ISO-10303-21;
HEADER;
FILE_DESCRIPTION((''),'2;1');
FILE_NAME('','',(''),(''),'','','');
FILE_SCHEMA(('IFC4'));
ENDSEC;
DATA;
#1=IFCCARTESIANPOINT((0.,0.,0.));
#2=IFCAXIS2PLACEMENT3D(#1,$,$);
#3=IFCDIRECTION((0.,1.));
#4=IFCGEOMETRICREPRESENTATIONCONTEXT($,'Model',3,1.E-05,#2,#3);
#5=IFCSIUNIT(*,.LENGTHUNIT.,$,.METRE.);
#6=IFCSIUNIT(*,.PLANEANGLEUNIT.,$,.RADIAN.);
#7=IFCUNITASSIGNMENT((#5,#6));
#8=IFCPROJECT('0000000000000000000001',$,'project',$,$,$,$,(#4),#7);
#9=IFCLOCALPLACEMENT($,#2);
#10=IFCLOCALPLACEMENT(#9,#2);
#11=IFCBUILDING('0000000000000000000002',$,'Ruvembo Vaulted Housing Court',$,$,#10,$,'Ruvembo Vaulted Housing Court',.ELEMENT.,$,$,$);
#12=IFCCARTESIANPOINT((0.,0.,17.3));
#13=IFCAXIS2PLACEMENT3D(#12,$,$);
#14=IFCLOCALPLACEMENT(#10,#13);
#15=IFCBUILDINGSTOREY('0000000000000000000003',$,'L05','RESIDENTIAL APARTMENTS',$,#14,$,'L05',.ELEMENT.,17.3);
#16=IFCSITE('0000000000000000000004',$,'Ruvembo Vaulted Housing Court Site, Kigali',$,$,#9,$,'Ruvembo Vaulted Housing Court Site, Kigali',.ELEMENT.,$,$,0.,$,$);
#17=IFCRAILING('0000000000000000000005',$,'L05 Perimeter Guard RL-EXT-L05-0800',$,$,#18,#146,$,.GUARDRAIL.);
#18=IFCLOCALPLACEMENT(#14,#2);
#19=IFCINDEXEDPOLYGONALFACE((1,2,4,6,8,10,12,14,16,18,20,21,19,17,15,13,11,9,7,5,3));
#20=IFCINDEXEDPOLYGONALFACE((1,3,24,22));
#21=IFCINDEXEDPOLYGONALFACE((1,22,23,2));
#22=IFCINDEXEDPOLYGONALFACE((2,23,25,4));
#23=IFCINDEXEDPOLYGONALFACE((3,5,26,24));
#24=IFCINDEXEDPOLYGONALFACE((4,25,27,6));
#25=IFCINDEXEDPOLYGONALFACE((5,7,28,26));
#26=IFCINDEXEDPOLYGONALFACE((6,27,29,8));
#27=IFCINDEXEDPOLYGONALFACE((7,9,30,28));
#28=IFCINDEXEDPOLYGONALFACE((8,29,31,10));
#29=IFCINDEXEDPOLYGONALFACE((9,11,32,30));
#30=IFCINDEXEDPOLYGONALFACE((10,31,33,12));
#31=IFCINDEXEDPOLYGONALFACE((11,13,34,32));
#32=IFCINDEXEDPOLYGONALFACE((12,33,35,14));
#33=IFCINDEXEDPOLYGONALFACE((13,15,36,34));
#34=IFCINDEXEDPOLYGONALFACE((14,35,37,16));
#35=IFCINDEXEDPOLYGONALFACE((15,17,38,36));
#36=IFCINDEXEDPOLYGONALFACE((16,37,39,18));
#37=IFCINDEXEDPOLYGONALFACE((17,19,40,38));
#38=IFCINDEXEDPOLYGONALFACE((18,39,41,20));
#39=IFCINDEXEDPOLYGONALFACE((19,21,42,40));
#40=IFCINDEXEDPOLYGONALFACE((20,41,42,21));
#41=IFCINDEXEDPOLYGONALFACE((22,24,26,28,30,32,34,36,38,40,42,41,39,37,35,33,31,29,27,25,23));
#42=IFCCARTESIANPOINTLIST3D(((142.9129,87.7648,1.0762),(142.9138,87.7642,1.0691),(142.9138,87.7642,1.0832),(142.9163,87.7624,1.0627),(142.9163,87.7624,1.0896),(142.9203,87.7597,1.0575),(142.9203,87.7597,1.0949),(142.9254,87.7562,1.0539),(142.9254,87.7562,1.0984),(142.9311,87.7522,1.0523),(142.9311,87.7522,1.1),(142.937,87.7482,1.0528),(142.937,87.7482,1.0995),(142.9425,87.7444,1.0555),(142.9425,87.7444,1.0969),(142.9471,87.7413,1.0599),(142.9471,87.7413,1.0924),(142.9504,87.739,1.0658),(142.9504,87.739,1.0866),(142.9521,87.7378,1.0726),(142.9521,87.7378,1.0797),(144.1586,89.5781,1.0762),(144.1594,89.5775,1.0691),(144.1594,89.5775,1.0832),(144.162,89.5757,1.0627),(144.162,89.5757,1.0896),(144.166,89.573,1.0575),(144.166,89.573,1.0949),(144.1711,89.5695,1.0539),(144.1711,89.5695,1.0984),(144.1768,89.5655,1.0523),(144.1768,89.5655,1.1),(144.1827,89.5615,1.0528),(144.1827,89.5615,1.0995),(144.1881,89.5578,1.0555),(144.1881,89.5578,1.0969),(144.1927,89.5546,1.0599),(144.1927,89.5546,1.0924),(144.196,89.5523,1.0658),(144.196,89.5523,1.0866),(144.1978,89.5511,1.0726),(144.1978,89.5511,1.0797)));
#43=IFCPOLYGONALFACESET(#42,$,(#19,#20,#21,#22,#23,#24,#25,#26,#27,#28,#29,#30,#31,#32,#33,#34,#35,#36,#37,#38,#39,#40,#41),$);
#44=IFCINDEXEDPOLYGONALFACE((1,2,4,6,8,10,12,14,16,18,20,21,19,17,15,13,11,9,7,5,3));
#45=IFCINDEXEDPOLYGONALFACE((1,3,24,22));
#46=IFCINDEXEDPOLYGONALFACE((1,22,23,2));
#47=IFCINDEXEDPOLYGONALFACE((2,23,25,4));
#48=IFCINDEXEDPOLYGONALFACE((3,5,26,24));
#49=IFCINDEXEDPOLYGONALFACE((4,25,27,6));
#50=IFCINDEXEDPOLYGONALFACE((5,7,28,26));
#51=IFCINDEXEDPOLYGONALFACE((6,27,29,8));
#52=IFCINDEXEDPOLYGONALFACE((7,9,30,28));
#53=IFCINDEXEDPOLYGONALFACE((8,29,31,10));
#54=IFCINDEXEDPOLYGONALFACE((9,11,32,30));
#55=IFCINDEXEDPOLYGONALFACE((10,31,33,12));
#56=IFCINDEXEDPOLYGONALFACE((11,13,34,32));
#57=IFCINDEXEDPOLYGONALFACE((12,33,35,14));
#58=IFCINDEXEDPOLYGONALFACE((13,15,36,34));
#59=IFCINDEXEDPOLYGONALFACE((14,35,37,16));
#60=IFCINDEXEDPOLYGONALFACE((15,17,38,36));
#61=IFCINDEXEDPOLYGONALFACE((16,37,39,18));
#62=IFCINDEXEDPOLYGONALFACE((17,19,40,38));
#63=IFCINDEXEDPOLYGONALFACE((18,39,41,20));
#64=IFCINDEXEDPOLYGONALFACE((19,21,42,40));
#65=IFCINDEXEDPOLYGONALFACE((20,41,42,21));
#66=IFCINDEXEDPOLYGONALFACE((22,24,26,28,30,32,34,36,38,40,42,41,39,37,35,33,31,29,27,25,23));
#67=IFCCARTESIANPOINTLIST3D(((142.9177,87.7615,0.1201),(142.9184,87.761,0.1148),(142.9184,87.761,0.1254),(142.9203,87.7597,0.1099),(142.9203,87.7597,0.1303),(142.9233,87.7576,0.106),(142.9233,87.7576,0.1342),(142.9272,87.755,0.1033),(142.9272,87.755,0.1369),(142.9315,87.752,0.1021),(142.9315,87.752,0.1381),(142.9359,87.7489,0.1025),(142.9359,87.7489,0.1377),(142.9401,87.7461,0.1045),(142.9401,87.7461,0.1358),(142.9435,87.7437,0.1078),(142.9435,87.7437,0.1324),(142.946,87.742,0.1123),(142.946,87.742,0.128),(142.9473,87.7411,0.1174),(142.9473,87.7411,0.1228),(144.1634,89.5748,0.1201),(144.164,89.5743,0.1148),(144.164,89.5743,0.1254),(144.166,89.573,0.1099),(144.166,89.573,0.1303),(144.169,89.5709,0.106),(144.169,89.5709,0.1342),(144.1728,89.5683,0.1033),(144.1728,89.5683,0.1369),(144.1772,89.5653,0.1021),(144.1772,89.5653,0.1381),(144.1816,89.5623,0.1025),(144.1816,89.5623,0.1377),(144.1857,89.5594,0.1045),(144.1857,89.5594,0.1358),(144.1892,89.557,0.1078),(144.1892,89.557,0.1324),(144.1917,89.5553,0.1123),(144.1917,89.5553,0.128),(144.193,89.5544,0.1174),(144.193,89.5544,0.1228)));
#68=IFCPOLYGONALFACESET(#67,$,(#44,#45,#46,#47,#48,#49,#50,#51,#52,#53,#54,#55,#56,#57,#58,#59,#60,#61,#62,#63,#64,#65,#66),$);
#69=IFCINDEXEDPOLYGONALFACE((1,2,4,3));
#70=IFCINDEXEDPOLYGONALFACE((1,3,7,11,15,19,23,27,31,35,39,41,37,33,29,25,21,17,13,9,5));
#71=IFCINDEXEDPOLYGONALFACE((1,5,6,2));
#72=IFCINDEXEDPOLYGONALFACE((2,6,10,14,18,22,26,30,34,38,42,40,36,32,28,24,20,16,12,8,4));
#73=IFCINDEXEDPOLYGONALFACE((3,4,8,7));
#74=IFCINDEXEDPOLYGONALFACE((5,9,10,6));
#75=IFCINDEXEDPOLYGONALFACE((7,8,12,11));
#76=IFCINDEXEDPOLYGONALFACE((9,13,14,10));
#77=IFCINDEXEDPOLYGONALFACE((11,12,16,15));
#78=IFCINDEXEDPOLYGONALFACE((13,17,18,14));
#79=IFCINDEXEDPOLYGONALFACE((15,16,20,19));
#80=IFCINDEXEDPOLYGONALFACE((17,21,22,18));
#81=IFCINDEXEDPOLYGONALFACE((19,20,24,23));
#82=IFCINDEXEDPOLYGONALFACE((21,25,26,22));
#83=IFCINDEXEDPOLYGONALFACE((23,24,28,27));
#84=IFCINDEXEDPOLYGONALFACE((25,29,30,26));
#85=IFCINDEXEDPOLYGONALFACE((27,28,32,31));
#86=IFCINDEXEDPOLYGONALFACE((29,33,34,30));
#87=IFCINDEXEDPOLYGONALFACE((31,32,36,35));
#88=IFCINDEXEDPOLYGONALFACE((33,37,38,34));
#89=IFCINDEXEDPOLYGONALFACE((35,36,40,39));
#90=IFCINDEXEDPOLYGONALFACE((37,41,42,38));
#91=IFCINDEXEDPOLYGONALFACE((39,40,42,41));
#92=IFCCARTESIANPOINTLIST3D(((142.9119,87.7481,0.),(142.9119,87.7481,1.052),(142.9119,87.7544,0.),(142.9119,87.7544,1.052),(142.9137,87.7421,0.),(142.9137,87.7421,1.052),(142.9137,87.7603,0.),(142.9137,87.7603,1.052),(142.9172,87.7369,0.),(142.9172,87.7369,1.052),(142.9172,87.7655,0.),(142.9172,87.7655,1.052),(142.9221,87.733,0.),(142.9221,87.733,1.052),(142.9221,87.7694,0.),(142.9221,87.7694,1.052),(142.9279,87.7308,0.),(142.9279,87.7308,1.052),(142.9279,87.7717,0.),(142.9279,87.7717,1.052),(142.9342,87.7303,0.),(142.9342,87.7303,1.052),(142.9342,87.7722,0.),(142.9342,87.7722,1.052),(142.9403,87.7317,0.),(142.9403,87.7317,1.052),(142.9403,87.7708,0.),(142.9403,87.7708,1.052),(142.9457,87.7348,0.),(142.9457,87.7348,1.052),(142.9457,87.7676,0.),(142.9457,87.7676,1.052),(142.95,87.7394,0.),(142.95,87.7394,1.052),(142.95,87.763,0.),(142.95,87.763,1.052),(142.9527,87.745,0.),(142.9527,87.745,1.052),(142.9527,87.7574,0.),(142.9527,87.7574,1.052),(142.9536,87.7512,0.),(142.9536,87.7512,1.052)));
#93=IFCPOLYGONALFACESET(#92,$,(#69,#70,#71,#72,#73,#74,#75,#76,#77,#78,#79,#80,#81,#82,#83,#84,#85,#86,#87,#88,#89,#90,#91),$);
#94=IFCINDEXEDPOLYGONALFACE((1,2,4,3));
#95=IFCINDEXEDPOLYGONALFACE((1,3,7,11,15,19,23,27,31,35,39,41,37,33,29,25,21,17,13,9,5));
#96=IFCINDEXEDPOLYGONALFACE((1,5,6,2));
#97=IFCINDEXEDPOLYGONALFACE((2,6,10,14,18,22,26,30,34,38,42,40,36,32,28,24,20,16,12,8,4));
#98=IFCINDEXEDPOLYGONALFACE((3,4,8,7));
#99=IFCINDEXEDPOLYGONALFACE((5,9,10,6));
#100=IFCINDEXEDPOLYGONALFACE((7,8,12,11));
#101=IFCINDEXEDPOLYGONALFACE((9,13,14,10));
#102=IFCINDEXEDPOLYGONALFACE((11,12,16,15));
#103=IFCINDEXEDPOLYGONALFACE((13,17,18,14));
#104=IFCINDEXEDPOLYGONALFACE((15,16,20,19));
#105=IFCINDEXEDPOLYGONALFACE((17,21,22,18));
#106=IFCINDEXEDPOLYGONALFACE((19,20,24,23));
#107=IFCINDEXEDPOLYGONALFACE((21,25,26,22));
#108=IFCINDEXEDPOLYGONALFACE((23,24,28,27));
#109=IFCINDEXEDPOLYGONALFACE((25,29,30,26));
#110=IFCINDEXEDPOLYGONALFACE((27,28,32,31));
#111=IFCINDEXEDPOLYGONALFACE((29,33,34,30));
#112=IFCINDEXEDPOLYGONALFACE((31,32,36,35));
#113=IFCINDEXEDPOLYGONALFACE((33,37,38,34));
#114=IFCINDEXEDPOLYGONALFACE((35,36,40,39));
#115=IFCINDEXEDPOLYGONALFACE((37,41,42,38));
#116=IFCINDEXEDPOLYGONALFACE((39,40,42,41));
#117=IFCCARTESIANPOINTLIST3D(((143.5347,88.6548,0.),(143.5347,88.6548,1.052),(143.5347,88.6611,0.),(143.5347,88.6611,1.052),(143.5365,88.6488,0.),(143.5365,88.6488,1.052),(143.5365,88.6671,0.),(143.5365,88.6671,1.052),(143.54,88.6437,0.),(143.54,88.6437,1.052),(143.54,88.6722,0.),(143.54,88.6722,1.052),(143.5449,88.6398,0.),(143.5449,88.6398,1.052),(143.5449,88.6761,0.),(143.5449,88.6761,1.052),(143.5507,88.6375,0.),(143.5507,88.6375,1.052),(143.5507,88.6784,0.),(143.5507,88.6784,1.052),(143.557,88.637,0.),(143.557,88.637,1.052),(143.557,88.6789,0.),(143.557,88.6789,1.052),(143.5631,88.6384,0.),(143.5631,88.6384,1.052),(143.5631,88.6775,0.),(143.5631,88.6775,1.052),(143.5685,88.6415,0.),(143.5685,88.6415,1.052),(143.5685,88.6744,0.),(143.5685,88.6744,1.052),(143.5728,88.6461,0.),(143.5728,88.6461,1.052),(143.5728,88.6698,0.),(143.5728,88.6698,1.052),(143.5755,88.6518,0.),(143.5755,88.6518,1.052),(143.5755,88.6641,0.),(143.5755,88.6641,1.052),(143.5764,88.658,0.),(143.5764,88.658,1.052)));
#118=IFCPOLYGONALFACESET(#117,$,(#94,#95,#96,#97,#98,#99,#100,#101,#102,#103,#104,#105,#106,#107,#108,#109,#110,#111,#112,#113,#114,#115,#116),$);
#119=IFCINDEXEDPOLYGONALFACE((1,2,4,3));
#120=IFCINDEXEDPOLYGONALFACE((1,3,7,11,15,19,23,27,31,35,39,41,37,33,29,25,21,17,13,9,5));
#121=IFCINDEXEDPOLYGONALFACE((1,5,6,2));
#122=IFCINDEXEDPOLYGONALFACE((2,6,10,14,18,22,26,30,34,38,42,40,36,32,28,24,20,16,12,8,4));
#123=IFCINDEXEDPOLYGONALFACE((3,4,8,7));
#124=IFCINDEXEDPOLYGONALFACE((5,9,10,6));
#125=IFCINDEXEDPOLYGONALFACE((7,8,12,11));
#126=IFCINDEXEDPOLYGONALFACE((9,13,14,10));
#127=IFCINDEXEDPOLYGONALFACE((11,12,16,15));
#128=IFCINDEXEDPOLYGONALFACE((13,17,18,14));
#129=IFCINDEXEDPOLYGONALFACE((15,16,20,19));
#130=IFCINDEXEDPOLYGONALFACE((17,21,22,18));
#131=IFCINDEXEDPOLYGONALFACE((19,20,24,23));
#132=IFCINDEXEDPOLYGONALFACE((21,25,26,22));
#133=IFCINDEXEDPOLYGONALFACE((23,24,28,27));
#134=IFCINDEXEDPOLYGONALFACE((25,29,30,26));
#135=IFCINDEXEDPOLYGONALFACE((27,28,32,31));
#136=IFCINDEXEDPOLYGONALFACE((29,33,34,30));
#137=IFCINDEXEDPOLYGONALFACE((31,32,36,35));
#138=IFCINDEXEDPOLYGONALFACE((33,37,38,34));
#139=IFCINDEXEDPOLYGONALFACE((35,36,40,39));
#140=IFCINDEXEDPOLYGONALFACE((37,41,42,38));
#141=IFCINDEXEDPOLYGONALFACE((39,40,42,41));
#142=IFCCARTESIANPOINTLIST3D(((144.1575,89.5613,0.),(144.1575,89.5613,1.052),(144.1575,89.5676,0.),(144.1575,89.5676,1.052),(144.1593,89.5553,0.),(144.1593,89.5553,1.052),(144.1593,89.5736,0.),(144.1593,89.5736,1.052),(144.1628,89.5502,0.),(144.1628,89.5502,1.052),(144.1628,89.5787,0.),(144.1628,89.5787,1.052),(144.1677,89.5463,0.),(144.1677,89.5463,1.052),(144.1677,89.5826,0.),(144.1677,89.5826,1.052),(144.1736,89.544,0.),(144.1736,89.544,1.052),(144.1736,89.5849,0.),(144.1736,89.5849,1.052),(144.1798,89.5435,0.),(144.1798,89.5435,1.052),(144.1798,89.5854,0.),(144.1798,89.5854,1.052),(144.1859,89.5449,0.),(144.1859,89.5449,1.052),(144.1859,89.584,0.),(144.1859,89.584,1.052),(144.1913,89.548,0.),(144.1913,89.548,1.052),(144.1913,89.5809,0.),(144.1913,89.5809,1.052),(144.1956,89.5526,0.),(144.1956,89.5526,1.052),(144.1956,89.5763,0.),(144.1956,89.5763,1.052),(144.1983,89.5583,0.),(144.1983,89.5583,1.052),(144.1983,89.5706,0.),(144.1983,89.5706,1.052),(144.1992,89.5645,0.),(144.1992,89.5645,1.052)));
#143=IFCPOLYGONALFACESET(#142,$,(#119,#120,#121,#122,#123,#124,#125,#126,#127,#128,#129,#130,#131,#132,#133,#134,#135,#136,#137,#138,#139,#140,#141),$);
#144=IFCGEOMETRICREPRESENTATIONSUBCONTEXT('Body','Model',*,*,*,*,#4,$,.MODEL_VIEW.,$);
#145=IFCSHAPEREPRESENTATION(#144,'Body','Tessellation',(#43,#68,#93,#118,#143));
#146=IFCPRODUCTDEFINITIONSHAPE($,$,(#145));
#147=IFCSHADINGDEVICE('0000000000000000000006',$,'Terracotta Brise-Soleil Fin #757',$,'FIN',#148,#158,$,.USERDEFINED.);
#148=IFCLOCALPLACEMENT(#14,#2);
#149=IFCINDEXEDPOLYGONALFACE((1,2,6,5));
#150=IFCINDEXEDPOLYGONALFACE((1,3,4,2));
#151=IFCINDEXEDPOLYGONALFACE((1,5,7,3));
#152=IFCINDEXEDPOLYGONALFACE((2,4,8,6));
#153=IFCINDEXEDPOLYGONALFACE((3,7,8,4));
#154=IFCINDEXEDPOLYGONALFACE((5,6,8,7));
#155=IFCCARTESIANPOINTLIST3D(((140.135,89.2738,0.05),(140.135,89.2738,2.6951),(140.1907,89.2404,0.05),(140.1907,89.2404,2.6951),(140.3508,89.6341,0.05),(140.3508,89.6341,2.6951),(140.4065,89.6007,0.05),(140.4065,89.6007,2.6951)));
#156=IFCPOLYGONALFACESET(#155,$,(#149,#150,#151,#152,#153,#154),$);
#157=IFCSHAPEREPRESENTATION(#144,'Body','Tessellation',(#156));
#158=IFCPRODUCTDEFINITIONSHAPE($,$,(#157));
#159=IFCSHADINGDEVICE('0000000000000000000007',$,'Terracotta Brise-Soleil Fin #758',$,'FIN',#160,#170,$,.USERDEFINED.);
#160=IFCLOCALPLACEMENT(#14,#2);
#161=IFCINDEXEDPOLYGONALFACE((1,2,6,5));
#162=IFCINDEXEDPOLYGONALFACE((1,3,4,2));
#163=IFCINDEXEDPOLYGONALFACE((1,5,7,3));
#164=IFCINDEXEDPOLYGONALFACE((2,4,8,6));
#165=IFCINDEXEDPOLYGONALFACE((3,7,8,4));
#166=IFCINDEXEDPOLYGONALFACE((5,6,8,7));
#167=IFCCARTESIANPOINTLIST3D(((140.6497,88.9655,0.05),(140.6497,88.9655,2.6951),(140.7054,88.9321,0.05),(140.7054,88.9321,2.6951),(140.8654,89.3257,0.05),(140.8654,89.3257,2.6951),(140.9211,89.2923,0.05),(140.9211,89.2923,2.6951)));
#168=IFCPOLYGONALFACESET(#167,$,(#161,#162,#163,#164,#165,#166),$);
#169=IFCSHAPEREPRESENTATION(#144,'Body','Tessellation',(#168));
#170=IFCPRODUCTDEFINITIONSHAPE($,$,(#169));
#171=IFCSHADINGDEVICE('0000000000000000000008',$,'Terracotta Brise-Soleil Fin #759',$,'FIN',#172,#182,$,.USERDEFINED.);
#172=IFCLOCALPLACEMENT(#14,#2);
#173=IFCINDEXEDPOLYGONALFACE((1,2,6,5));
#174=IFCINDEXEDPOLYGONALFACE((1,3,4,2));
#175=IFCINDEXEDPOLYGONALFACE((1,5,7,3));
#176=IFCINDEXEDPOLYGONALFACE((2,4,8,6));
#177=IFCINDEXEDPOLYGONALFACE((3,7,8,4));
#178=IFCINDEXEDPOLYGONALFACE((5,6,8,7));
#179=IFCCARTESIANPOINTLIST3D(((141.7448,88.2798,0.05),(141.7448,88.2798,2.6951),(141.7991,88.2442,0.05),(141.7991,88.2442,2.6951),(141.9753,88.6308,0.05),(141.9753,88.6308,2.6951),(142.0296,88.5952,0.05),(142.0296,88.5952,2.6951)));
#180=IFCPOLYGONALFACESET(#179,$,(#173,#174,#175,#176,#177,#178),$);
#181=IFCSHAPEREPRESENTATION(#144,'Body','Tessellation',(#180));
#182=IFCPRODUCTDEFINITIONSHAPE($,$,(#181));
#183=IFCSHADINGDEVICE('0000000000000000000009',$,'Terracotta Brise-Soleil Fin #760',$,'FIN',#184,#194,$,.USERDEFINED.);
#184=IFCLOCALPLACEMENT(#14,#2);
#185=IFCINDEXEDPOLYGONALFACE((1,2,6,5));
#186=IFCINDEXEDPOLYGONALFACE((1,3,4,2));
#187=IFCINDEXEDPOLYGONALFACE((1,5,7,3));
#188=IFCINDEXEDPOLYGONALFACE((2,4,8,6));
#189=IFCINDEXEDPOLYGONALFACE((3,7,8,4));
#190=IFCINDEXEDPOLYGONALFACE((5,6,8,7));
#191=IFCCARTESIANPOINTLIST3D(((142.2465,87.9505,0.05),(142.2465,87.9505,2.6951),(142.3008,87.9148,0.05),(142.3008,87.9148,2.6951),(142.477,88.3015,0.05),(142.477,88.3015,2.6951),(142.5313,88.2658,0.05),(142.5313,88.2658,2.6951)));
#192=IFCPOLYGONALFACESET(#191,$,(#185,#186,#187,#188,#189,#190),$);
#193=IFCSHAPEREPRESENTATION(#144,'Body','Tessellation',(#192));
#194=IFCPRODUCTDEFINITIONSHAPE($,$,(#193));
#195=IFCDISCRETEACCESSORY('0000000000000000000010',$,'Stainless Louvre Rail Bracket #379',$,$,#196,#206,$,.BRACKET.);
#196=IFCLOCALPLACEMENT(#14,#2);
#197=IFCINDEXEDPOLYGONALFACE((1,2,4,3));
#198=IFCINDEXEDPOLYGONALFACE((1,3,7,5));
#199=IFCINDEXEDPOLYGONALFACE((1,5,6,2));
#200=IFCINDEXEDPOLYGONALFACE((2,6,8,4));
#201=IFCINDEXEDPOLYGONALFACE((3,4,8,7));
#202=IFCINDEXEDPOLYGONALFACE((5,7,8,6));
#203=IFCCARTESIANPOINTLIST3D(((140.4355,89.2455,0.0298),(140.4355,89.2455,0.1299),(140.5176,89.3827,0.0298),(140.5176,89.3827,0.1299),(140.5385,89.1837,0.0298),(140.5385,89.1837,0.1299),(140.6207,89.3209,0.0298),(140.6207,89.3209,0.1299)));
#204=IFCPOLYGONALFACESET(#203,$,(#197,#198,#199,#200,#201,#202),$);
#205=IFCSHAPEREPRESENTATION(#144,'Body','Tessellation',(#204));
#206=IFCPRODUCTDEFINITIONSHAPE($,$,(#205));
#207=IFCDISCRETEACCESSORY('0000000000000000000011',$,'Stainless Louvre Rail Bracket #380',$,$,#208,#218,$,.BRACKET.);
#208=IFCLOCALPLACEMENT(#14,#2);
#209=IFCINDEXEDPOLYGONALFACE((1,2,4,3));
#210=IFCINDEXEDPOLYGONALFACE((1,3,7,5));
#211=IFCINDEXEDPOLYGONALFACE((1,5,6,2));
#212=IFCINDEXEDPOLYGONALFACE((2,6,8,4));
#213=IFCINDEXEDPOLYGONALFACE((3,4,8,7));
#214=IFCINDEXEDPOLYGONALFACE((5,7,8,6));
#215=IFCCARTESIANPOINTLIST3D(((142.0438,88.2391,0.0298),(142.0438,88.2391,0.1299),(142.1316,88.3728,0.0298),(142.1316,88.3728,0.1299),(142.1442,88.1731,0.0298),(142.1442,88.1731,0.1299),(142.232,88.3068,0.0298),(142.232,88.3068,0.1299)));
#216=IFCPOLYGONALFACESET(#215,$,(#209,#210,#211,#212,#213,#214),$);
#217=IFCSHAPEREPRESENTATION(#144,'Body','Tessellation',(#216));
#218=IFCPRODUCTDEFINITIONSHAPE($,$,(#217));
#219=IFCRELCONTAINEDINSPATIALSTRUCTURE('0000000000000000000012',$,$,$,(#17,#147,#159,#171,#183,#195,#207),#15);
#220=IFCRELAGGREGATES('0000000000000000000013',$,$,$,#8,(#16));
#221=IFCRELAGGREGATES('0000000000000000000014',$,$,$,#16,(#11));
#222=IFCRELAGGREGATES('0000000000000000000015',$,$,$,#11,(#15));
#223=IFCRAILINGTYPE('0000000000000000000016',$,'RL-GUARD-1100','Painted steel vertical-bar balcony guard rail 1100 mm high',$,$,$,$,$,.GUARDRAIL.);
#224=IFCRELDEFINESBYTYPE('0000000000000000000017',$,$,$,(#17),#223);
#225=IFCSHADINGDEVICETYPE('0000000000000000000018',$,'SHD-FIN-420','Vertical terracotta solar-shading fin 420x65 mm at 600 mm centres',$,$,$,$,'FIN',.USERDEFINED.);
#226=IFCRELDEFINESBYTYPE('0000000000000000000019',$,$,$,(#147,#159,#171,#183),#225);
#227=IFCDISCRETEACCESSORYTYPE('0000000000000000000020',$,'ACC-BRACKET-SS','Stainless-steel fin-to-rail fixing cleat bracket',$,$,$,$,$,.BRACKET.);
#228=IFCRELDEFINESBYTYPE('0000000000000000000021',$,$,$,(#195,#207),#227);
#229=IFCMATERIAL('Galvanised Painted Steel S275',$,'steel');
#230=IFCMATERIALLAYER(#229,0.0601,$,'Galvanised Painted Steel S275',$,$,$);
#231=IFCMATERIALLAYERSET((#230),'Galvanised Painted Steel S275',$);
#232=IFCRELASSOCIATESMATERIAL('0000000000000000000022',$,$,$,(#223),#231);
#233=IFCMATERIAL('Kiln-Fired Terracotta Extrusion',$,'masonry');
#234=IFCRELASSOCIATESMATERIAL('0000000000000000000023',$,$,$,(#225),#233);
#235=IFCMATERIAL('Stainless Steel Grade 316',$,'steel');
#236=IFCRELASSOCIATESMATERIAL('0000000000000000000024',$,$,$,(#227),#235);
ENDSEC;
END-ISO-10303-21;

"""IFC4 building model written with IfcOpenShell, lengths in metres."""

from ifc_helpers import new_model, si_unit, direction, frame, origin, origin_2d, place, context, subcontext, project, spatial, rectangle, circle, extrude, material, layer, layer_set, type_object, element, save


model = new_model("IFC4")

# Units and contexts
model_context = context("Model", 3, precision=1e-05, world=origin(), true_north=direction((0.0, 1.0)))
body_context = subcontext(model_context, "Body", "Model", "MODEL_VIEW")
ifc_project = project(units=[si_unit("LENGTHUNIT", "METRE"), si_unit("PLANEANGLEUNIT", "RADIAN")], contexts=[model_context])

# Site, building, storey
site_placement = place(None, origin())
site = spatial("IfcSite", under=ifc_project, at=site_placement, Name="Ruvembo Vaulted Housing Court Site, Kigali", LongName="Ruvembo Vaulted Housing Court Site, Kigali", CompositionType="ELEMENT", RefElevation=0.0)
building_placement = place(site_placement, origin())
building = spatial("IfcBuilding", under=site, at=building_placement, Name="Ruvembo Vaulted Housing Court", LongName="Ruvembo Vaulted Housing Court", CompositionType="ELEMENT")
storey_placement = place(building_placement, frame((0.0, 0.0, 17.3)))
storey = spatial("IfcBuildingStorey", under=building, at=storey_placement, Name="L05", Description="RESIDENTIAL APARTMENTS", LongName="L05", CompositionType="ELEMENT", Elevation=17.3)

# Railing
ifc_material_1 = material(Name="Galvanised Painted Steel S275", Category="steel")
ifc_layer_1 = layer(ifc_material_1, 0.0601, Name="Galvanised Painted Steel S275")
ifc_layer_set_1 = layer_set([ifc_layer_1], Name="Galvanised Painted Steel S275")
railing_type = type_object("IfcRailingType", Name="RL-GUARD-1100", Description="Painted steel vertical-bar balcony guard rail 1100 mm high", PredefinedType="GUARDRAIL", material=ifc_layer_set_1)
railing_1_placement = place(storey_placement, frame((142.9326, 87.7512, 0.0)))
element("IfcRailing", 1, at=railing_1_placement, inside=storey, type_object=railing_type, Name="L05 Perimeter Guard RL-EXT-L05-0800", PredefinedType="GUARDRAIL", context=body_context, shape_type="SweptSolid", body=[
    extrude(circle(Radius=0.0239, at=origin_2d()), frame((0.0, 0.0, 1.0762), z_axis=(0.566223, 0.824252, 0.0), x_axis=(-0.824252, 0.566223, 0.0)), (0.0, 0.0, 1.0), 2.2),
    extrude(circle(Radius=0.0181, at=origin_2d()), frame((0.0, 0.0, 0.1201), z_axis=(0.566223, 0.824252, 0.0), x_axis=(-0.824252, 0.566223, 0.0)), (0.0, 0.0, 1.0), 2.2),
    extrude(circle(Radius=0.021, at=origin_2d()), origin(), (0.0, 0.0, 1.0), 1.052),
    extrude(circle(Radius=0.021, at=origin_2d()), frame((0.6228, 0.9067, 0.0)), (0.0, 0.0, 1.0), 1.052),
    extrude(circle(Radius=0.021, at=origin_2d()), frame((1.2456, 1.8132, 0.0)), (0.0, 0.0, 1.0), 1.052),
])

# Shading devices
ifc_material_2 = material(Name="Kiln-Fired Terracotta Extrusion", Category="masonry")
shading_device_type = type_object("IfcShadingDeviceType", Name="SHD-FIN-420", Description="Vertical terracotta solar-shading fin 420x65 mm at 600 mm centres", ElementType="FIN", PredefinedType="USERDEFINED", material=ifc_material_2)
for number, where, z_axis, x_axis, name in (
    (2, (140.2708, 89.4373, 0.05), (0.0, 0.0, 1.0), (-0.513826, -0.857895, 0.0), "Terracotta Brise-Soleil Fin #757"),
    (3, (140.7854, 89.1289, 0.05), (0.0, 0.0, 1.0), (-0.513826, -0.857895, 0.0), "Terracotta Brise-Soleil Fin #758"),
    (4, (141.8872, 88.4375, 0.05), (0.0, 0.0, 1.0), (-0.548964, -0.835846, 0.0), "Terracotta Brise-Soleil Fin #759"),
    (5, (142.3889, 88.1082, 0.05), (0.0, 0.0, 1.0), (-0.548964, -0.835846, 0.0), "Terracotta Brise-Soleil Fin #760"),
):
    element("IfcShadingDevice", number, at=place(storey_placement, frame(where, z_axis=z_axis, x_axis=x_axis)), inside=storey, type_object=shading_device_type, Name=name, ObjectType="FIN", PredefinedType="USERDEFINED", context=body_context, shape_type="SweptSolid", body=[
        extrude(rectangle(XDim=0.4199, YDim=0.0649, at=origin_2d()), origin(), (0.0, 0.0, 1.0), 2.645),
    ])

# Discrete accessories
ifc_material_3 = material(Name="Stainless Steel Grade 316", Category="steel")
discrete_accessory_type = type_object("IfcDiscreteAccessoryType", Name="ACC-BRACKET-SS", Description="Stainless-steel fin-to-rail fixing cleat bracket", PredefinedType="BRACKET", material=ifc_material_3)
for number, where, z_axis, x_axis, name in (
    (6, (140.5281, 89.2832, 0.0298), (0.0, 0.0, 1.0), (-0.513826, -0.857895, 0.0), "Stainless Louvre Rail Bracket #379"),
    (7, (142.1379, 88.2729, 0.0298), (0.0, 0.0, 1.0), (-0.548964, -0.835846, 0.0), "Stainless Louvre Rail Bracket #380"),
):
    element("IfcDiscreteAccessory", number, at=place(storey_placement, frame(where, z_axis=z_axis, x_axis=x_axis)), inside=storey, type_object=discrete_accessory_type, Name=name, PredefinedType="BRACKET", context=body_context, shape_type="SweptSolid", body=[
        extrude(rectangle(XDim=0.1599, YDim=0.1201, at=origin_2d()), origin(), (0.0, 0.0, 1.0), 0.1001),
    ])

save(model, "model.ifc")
